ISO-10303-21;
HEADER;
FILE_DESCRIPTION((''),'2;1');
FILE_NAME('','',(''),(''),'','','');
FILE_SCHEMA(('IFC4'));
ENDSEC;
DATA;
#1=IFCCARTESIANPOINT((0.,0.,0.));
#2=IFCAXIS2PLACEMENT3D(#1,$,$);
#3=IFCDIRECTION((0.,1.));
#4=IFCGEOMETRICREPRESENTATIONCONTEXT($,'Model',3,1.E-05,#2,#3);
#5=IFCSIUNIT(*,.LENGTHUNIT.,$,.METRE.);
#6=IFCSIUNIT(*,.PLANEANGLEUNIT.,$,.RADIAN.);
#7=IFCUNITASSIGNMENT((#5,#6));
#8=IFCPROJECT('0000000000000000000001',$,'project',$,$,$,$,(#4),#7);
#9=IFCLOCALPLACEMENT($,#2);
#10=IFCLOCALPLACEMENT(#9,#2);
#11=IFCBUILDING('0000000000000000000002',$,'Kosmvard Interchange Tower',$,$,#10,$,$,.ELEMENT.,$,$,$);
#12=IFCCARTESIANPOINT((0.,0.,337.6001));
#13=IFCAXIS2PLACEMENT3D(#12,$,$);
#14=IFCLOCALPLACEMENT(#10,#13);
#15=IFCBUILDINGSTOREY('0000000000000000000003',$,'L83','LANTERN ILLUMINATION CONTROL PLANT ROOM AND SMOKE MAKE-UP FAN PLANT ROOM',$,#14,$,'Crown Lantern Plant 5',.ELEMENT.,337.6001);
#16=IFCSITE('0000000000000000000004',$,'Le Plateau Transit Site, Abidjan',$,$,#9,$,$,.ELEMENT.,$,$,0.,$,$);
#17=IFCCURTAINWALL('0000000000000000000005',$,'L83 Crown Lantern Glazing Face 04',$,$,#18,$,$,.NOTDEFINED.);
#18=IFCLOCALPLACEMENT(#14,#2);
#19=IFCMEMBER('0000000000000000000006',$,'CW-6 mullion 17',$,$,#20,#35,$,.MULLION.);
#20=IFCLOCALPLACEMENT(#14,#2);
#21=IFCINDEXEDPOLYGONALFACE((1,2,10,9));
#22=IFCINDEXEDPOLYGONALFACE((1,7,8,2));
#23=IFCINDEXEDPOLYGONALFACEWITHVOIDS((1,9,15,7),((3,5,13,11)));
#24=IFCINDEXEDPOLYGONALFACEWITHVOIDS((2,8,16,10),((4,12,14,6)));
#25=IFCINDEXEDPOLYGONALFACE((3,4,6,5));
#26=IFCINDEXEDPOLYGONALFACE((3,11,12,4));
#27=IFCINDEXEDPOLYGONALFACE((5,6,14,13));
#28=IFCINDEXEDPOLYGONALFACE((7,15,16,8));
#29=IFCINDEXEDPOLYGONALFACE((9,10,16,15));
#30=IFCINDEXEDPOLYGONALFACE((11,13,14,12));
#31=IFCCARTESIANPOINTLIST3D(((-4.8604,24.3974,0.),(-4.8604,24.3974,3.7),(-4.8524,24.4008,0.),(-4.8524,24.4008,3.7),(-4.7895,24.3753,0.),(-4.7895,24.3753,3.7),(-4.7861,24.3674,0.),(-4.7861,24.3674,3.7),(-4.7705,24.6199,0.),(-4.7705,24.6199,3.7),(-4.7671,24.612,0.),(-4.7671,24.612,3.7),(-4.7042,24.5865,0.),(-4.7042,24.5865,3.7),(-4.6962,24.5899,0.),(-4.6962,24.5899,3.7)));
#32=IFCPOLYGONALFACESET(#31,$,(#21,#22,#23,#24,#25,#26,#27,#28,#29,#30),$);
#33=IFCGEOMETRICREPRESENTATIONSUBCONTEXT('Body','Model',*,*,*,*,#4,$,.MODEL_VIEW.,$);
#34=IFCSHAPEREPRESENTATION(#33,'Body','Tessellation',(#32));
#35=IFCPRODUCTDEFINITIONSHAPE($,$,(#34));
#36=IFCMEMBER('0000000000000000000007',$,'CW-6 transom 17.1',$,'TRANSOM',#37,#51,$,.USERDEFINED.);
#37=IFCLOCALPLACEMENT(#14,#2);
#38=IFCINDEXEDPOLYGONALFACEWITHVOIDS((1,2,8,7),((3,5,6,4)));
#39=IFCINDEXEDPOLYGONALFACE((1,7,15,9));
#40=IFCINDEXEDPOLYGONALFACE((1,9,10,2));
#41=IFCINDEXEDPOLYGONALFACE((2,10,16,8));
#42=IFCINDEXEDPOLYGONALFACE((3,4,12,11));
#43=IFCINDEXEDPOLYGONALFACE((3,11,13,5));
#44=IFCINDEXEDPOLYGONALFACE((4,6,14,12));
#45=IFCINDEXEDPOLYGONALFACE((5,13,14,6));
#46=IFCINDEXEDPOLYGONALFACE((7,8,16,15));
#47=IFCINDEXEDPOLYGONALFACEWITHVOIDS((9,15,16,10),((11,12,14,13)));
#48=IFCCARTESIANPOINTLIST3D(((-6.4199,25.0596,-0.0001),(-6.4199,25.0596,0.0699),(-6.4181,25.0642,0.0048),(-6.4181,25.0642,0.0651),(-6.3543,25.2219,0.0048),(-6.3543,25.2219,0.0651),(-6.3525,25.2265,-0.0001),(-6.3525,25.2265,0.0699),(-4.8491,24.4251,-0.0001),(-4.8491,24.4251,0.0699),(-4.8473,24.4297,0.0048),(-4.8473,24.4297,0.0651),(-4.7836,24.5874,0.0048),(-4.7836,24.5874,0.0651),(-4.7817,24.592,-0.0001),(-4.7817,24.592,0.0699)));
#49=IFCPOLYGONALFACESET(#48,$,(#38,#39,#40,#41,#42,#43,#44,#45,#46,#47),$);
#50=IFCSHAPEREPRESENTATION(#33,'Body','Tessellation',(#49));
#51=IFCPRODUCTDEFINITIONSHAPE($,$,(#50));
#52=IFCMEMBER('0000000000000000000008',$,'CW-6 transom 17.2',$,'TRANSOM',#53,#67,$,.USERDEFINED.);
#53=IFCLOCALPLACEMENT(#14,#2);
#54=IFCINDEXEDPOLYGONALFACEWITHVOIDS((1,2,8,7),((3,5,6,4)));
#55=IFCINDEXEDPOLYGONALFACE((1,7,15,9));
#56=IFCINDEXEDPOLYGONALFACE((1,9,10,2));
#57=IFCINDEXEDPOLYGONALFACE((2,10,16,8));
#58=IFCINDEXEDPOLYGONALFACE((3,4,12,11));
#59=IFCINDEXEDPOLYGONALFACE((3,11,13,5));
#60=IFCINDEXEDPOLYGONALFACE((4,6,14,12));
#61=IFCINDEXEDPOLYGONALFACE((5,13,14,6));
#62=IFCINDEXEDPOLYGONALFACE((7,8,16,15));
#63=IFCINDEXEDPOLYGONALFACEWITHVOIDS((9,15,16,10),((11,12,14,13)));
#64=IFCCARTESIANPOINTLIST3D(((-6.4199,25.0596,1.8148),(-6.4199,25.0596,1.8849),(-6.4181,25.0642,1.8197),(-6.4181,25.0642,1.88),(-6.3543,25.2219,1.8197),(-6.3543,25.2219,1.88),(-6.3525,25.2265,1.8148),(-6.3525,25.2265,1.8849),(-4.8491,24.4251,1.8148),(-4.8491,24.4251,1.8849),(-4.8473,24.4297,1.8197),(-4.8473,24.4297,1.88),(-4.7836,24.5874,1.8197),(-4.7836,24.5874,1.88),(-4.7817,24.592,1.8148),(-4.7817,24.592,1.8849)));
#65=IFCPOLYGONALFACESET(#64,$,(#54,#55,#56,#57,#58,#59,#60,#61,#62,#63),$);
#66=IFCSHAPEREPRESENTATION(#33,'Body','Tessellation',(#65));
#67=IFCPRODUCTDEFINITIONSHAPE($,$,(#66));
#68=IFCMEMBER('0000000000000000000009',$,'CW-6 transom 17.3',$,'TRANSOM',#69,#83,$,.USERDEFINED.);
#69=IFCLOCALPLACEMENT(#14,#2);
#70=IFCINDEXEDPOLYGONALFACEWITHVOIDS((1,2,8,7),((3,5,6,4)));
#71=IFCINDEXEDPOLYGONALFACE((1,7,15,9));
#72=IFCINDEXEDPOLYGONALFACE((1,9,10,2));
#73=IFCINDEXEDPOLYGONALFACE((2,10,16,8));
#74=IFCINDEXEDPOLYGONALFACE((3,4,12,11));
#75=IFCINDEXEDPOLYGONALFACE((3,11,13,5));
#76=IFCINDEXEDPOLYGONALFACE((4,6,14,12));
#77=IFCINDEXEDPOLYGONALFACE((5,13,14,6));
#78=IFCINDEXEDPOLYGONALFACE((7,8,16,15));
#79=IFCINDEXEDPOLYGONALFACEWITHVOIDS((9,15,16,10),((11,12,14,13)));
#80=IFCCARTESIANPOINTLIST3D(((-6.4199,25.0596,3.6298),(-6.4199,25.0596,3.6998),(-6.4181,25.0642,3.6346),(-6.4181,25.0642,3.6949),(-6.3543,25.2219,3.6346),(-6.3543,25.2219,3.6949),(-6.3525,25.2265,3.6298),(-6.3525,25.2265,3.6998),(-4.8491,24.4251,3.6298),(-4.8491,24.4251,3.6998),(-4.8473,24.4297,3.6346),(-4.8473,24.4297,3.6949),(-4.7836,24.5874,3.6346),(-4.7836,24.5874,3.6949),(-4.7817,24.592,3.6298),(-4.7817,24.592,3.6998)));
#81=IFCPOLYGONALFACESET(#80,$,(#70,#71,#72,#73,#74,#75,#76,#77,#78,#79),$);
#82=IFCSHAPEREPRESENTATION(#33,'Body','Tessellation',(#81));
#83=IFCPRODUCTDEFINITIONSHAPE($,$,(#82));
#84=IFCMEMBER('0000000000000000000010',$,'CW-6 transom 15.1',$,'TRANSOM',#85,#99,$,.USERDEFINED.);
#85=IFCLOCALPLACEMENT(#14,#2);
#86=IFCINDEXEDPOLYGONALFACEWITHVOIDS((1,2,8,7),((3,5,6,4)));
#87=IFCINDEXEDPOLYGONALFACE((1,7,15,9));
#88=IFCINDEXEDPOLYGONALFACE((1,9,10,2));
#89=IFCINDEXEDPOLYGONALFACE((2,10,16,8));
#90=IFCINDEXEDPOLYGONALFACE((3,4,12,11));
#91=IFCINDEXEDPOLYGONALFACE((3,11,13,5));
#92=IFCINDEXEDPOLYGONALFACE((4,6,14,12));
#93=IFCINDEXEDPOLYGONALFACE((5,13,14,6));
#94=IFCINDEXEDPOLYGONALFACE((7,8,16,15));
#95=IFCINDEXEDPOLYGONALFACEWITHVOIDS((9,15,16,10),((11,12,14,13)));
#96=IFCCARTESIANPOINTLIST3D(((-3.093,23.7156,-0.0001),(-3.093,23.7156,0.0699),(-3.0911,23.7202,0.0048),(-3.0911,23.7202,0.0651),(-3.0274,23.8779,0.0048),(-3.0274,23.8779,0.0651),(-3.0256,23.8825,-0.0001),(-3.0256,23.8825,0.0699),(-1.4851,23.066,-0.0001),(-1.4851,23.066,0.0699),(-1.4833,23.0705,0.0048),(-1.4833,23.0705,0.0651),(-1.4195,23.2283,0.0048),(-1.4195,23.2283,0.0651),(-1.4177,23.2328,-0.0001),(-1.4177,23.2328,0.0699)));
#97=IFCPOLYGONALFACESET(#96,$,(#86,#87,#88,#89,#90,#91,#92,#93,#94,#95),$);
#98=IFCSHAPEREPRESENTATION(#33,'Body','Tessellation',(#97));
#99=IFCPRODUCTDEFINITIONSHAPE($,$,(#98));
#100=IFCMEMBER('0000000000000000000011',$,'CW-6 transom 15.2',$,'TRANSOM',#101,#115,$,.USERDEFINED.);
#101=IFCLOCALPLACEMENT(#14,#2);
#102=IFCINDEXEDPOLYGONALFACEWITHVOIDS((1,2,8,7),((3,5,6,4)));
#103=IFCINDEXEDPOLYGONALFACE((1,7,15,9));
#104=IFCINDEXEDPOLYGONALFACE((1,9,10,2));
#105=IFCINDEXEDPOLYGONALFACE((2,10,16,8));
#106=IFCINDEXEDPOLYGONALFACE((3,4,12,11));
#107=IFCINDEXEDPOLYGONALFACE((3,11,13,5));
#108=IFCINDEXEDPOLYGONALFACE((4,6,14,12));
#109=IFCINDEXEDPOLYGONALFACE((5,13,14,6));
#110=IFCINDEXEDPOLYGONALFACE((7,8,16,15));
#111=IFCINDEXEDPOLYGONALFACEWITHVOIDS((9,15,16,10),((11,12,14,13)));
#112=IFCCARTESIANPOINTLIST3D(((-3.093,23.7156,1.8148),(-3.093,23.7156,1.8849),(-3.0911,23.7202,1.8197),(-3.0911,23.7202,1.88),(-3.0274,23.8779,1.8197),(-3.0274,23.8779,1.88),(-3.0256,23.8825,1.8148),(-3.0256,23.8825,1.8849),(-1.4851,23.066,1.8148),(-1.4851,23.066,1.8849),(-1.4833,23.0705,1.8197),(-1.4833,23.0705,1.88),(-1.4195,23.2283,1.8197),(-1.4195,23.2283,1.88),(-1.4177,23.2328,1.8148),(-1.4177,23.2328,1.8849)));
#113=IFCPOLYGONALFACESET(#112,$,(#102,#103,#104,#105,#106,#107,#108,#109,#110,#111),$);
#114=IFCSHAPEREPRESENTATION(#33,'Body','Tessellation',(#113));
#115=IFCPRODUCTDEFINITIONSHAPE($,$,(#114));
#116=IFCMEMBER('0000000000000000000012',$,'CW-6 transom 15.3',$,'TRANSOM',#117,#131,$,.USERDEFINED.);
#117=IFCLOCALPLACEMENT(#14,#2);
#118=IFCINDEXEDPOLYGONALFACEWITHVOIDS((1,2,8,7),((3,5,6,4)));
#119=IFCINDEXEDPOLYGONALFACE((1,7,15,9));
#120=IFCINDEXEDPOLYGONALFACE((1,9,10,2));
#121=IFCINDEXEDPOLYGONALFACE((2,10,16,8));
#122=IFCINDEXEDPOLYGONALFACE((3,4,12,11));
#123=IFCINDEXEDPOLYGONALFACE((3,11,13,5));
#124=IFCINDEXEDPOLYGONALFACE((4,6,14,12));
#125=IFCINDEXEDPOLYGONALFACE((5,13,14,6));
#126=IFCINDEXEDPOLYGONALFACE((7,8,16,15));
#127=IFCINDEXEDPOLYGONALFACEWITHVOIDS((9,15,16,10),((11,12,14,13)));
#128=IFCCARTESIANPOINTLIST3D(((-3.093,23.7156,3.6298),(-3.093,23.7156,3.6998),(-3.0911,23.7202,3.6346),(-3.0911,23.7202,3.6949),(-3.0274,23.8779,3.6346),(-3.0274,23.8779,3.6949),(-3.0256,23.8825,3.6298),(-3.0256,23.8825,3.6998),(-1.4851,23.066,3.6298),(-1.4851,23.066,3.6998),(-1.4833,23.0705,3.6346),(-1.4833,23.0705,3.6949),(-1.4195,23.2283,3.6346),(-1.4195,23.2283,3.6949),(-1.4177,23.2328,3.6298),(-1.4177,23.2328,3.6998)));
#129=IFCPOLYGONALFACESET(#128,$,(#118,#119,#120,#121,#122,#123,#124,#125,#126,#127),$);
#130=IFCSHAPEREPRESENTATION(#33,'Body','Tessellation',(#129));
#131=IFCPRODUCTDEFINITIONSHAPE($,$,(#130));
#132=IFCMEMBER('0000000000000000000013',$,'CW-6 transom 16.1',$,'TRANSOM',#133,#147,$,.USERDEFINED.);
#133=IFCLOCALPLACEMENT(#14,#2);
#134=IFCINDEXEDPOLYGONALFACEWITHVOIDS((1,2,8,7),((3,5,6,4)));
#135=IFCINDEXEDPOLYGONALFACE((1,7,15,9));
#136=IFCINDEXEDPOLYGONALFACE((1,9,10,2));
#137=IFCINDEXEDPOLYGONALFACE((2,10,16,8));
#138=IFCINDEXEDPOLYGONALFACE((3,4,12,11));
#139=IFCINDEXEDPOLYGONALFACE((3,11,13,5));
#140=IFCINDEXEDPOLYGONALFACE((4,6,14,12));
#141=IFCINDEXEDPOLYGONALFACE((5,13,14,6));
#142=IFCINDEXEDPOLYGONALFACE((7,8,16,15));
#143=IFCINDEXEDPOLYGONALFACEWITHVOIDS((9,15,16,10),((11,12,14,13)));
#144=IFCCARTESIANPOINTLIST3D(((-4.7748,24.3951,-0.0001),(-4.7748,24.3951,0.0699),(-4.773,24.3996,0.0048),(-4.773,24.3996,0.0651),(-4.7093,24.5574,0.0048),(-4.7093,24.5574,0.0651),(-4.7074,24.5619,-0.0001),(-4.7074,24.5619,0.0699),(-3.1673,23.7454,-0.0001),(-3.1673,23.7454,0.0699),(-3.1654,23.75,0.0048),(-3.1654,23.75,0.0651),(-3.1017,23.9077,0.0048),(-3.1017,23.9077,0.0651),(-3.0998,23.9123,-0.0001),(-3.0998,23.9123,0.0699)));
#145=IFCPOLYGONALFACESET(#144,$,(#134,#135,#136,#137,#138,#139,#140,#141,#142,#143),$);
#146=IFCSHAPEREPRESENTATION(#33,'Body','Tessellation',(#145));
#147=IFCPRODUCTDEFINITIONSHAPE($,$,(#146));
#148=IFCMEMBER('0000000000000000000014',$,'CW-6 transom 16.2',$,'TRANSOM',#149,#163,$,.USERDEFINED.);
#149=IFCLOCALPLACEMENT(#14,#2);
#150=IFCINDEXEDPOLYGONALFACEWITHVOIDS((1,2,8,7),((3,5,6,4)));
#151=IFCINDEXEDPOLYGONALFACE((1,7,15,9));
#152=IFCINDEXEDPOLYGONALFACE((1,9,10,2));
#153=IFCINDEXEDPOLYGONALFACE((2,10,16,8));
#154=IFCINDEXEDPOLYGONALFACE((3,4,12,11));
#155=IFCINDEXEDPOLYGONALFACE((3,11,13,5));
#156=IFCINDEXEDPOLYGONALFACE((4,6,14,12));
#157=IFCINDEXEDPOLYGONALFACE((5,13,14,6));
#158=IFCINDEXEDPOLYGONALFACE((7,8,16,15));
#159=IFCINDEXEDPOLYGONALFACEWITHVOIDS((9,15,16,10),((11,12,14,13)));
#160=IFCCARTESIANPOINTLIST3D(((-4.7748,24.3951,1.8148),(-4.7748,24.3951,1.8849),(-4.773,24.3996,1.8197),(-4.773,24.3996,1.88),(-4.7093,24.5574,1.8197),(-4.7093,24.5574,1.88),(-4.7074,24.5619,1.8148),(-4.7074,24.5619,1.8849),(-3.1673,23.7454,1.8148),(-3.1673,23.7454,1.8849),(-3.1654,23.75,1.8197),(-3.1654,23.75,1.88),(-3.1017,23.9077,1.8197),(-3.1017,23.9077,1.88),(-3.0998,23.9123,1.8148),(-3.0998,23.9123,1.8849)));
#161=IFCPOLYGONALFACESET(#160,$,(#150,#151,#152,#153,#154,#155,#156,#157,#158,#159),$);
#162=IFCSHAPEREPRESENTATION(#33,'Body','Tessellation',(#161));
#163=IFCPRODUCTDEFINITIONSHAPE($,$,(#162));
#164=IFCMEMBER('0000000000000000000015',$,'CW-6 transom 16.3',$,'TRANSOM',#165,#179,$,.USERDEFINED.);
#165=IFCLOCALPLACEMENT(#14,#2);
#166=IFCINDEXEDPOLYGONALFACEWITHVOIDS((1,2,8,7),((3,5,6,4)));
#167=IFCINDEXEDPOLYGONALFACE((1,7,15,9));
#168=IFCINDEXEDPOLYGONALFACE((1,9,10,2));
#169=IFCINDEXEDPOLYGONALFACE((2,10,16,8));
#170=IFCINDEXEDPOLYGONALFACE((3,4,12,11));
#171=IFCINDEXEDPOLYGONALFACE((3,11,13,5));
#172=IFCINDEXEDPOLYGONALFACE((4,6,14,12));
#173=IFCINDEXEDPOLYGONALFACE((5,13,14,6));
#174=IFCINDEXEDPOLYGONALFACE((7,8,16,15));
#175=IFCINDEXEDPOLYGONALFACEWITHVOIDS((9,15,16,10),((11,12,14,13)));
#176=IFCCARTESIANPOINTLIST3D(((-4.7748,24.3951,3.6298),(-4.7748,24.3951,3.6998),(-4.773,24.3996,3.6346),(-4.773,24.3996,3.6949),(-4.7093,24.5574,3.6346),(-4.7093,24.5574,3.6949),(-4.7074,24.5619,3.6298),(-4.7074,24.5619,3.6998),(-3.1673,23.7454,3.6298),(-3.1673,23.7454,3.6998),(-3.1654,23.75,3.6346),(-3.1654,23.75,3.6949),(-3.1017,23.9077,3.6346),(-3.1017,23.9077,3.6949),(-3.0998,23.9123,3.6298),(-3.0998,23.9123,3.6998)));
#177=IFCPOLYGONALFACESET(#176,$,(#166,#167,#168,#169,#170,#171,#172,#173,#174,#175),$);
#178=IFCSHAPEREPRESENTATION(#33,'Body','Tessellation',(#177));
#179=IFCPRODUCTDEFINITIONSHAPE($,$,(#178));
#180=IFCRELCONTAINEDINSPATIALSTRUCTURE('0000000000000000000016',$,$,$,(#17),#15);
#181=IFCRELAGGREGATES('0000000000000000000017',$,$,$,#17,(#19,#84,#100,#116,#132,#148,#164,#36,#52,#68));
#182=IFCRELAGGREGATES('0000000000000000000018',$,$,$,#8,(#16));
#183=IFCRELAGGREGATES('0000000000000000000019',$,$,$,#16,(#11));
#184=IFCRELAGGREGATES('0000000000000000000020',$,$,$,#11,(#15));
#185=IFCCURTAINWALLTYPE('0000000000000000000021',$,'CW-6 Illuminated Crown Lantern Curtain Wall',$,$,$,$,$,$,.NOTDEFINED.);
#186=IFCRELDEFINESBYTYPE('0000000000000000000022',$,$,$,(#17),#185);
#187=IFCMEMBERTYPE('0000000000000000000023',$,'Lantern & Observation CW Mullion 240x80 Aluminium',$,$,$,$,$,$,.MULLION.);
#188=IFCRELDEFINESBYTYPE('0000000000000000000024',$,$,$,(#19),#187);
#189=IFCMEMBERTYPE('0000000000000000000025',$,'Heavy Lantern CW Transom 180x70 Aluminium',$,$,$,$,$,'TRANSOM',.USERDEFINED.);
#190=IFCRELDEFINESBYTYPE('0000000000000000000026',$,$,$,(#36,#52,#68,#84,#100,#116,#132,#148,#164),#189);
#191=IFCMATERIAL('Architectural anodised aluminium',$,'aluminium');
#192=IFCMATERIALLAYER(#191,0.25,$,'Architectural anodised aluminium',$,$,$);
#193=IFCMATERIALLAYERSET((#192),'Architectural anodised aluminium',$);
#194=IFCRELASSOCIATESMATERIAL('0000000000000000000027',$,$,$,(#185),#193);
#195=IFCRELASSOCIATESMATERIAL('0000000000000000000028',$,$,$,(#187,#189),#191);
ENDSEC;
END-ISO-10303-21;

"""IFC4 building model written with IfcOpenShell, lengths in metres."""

from ifc_helpers import new_model, si_unit, direction, frame, origin, origin_2d, place, context, subcontext, project, spatial, hollow_rectangle, extrude, source, transform, mapped, material, layer, layer_set, material_profile, profile_set, type_object, element, aggregate, save


model = new_model("IFC4")

# Units and contexts
model_context = context("Model", 3, precision=1e-05, world=origin(), true_north=direction((0.0, 1.0)))
body_context = subcontext(model_context, "Body", "Model", "MODEL_VIEW")
ifc_project = project(units=[si_unit("LENGTHUNIT", "METRE"), si_unit("PLANEANGLEUNIT", "RADIAN")], contexts=[model_context])

# Site, building, storey
site_placement = place(None, origin())
site = spatial("IfcSite", under=ifc_project, at=site_placement, Name="Le Plateau Transit Site, Abidjan", CompositionType="ELEMENT", RefElevation=0.0)
building_placement = place(site_placement, origin())
building = spatial("IfcBuilding", under=site, at=building_placement, Name="Kosmvard Interchange Tower", CompositionType="ELEMENT")
storey_placement = place(building_placement, frame((0.0, 0.0, 337.6001)))
storey = spatial("IfcBuildingStorey", under=building, at=storey_placement, Name="L83", Description="LANTERN ILLUMINATION CONTROL PLANT ROOM AND SMOKE MAKE-UP FAN PLANT ROOM", LongName="Crown Lantern Plant 5", CompositionType="ELEMENT", Elevation=337.6001)

# Curtain wall, members
ifc_material_1 = material(Name="Architectural anodised aluminium", Category="aluminium")
ifc_layer_1 = layer(ifc_material_1, 0.25, Name="Architectural anodised aluminium")
ifc_layer_set_1 = layer_set([ifc_layer_1], Name="Architectural anodised aluminium")
curtain_wall_type = type_object("IfcCurtainWallType", Name="CW-6 Illuminated Crown Lantern Curtain Wall", PredefinedType="NOTDEFINED", material=ifc_layer_set_1)
curtain_wall_placement = place(storey_placement, origin())
curtain_wall = element("IfcCurtainWall", 1, at=curtain_wall_placement, inside=storey, type_object=curtain_wall_type, Name="L83 Crown Lantern Glazing Face 04", PredefinedType="NOTDEFINED")
ifc_material_profile_1 = material_profile(ifc_material_1, hollow_rectangle(XDim=0.24, YDim=0.0801, WallThickness=0.0061, at=origin_2d()), Name="CWM 240x80x6")
ifc_profile_set_1 = profile_set([ifc_material_profile_1], Name="Architectural anodised aluminium")
member_type_1 = type_object("IfcMemberType", Name="Lantern & Observation CW Mullion 240x80 Aluminium", PredefinedType="MULLION", material=ifc_profile_set_1)
shared_shape_1 = source(origin(), body_context, "Body", "SweptSolid", [
    extrude(hollow_rectangle(XDim=0.24, YDim=0.0801, WallThickness=0.0061, at=origin_2d()), origin(), (0.0, 0.0, 1.0), 3.7),
])
member_1_placement = place(storey_placement, frame((-4.7783, 24.4937, 0.0), z_axis=(0.0, 0.0, 1.0), x_axis=(-0.374607, -0.927184, 0.0)))
member_1 = element("IfcMember", 2, at=member_1_placement, type_object=member_type_1, Name="CW-6 mullion 17", PredefinedType="MULLION", context=body_context, shape_type="MappedRepresentation", body=[
    mapped(shared_shape_1, transform((0.0, 0.0, 0.0), scale=1.0)),
])
ifc_material_profile_2 = material_profile(ifc_material_1, hollow_rectangle(XDim=0.1799, YDim=0.0701, WallThickness=0.0049, at=origin_2d()), Name="CWT 180x70x5")
ifc_profile_set_2 = profile_set([ifc_material_profile_2], Name="Architectural anodised aluminium")
member_type_2 = type_object("IfcMemberType", Name="Heavy Lantern CW Transom 180x70 Aluminium", ElementType="TRANSOM", PredefinedType="USERDEFINED", material=ifc_profile_set_2)
shared_shape_2 = source(origin(), body_context, "Body", "SweptSolid", [
    extrude(hollow_rectangle(XDim=0.1799, YDim=0.0701, WallThickness=0.0049, at=origin_2d()), origin(), (0.0, 0.0, 1.0), 1.6941),
])
member_2_placement = place(storey_placement, frame((-4.8154, 24.5085, 0.0349), z_axis=(-0.927209, 0.374544, 0.0), x_axis=(-0.374544, -0.927209, 0.0)))
member_2 = element("IfcMember", 3, at=member_2_placement, type_object=member_type_2, Name="CW-6 transom 17.1", ObjectType="TRANSOM", PredefinedType="USERDEFINED", context=body_context, shape_type="MappedRepresentation", body=[
    mapped(shared_shape_2, transform((0.0, 0.0, 0.0), scale=1.0)),
])
member_3_placement = place(storey_placement, frame((-4.8154, 24.5085, 1.8499), z_axis=(-0.927209, 0.374544, 0.0), x_axis=(-0.374544, -0.927209, 0.0)))
member_3 = element("IfcMember", 4, at=member_3_placement, type_object=member_type_2, Name="CW-6 transom 17.2", ObjectType="TRANSOM", PredefinedType="USERDEFINED", context=body_context, shape_type="MappedRepresentation", body=[
    mapped(shared_shape_2, transform((0.0, 0.0, 0.0), scale=1.0)),
])
member_4_placement = place(storey_placement, frame((-4.8154, 24.5085, 3.6648), z_axis=(-0.927209, 0.374544, 0.0), x_axis=(-0.374544, -0.927209, 0.0)))
member_4 = element("IfcMember", 5, at=member_4_placement, type_object=member_type_2, Name="CW-6 transom 17.3", ObjectType="TRANSOM", PredefinedType="USERDEFINED", context=body_context, shape_type="MappedRepresentation", body=[
    mapped(shared_shape_2, transform((0.0, 0.0, 0.0), scale=1.0)),
])
shared_shape_3 = source(origin(), body_context, "Body", "SweptSolid", [
    extrude(hollow_rectangle(XDim=0.1799, YDim=0.0701, WallThickness=0.0049, at=origin_2d()), origin(), (0.0, 0.0, 1.0), 1.7341),
])
member_5_placement = place(storey_placement, frame((-1.4514, 23.1494, 0.0349), z_axis=(-0.92718, 0.374617, 0.0), x_axis=(-0.374617, -0.92718, 0.0)))
member_5 = element("IfcMember", 6, at=member_5_placement, type_object=member_type_2, Name="CW-6 transom 15.1", ObjectType="TRANSOM", PredefinedType="USERDEFINED", context=body_context, shape_type="MappedRepresentation", body=[
    mapped(shared_shape_3, transform((0.0, 0.0, 0.0), scale=1.0)),
])
member_6_placement = place(storey_placement, frame((-1.4514, 23.1494, 1.8499), z_axis=(-0.92718, 0.374617, 0.0), x_axis=(-0.374617, -0.92718, 0.0)))
member_6 = element("IfcMember", 7, at=member_6_placement, type_object=member_type_2, Name="CW-6 transom 15.2", ObjectType="TRANSOM", PredefinedType="USERDEFINED", context=body_context, shape_type="MappedRepresentation", body=[
    mapped(shared_shape_3, transform((0.0, 0.0, 0.0), scale=1.0)),
])
member_7_placement = place(storey_placement, frame((-1.4514, 23.1494, 3.6648), z_axis=(-0.92718, 0.374617, 0.0), x_axis=(-0.374617, -0.92718, 0.0)))
member_7 = element("IfcMember", 8, at=member_7_placement, type_object=member_type_2, Name="CW-6 transom 15.3", ObjectType="TRANSOM", PredefinedType="USERDEFINED", context=body_context, shape_type="MappedRepresentation", body=[
    mapped(shared_shape_3, transform((0.0, 0.0, 0.0), scale=1.0)),
])
shared_shape_4 = source(origin(), body_context, "Body", "SweptSolid", [
    extrude(hollow_rectangle(XDim=0.1799, YDim=0.0701, WallThickness=0.0049, at=origin_2d()), origin(), (0.0, 0.0, 1.0), 1.7339),
])
member_8_placement = place(storey_placement, frame((-3.1335, 23.8289, 0.0349), z_axis=(-0.92716, 0.374666, 0.0), x_axis=(-0.374666, -0.92716, 0.0)))
member_8 = element("IfcMember", 9, at=member_8_placement, type_object=member_type_2, Name="CW-6 transom 16.1", ObjectType="TRANSOM", PredefinedType="USERDEFINED", context=body_context, shape_type="MappedRepresentation", body=[
    mapped(shared_shape_4, transform((0.0, 0.0, 0.0), scale=1.0)),
])
member_9_placement = place(storey_placement, frame((-3.1335, 23.8289, 1.8499), z_axis=(-0.92716, 0.374666, 0.0), x_axis=(-0.374666, -0.92716, 0.0)))
member_9 = element("IfcMember", 10, at=member_9_placement, type_object=member_type_2, Name="CW-6 transom 16.2", ObjectType="TRANSOM", PredefinedType="USERDEFINED", context=body_context, shape_type="MappedRepresentation", body=[
    mapped(shared_shape_4, transform((0.0, 0.0, 0.0), scale=1.0)),
])
member_10_placement = place(storey_placement, frame((-3.1335, 23.8289, 3.6648), z_axis=(-0.92716, 0.374666, 0.0), x_axis=(-0.374666, -0.92716, 0.0)))
member_10 = element("IfcMember", 11, at=member_10_placement, type_object=member_type_2, Name="CW-6 transom 16.3", ObjectType="TRANSOM", PredefinedType="USERDEFINED", context=body_context, shape_type="MappedRepresentation", body=[
    mapped(shared_shape_4, transform((0.0, 0.0, 0.0), scale=1.0)),
])

aggregate(curtain_wall, [member_1, member_5, member_6, member_7, member_8, member_9, member_10, member_2, member_3, member_4])

save(model, "model.ifc")
